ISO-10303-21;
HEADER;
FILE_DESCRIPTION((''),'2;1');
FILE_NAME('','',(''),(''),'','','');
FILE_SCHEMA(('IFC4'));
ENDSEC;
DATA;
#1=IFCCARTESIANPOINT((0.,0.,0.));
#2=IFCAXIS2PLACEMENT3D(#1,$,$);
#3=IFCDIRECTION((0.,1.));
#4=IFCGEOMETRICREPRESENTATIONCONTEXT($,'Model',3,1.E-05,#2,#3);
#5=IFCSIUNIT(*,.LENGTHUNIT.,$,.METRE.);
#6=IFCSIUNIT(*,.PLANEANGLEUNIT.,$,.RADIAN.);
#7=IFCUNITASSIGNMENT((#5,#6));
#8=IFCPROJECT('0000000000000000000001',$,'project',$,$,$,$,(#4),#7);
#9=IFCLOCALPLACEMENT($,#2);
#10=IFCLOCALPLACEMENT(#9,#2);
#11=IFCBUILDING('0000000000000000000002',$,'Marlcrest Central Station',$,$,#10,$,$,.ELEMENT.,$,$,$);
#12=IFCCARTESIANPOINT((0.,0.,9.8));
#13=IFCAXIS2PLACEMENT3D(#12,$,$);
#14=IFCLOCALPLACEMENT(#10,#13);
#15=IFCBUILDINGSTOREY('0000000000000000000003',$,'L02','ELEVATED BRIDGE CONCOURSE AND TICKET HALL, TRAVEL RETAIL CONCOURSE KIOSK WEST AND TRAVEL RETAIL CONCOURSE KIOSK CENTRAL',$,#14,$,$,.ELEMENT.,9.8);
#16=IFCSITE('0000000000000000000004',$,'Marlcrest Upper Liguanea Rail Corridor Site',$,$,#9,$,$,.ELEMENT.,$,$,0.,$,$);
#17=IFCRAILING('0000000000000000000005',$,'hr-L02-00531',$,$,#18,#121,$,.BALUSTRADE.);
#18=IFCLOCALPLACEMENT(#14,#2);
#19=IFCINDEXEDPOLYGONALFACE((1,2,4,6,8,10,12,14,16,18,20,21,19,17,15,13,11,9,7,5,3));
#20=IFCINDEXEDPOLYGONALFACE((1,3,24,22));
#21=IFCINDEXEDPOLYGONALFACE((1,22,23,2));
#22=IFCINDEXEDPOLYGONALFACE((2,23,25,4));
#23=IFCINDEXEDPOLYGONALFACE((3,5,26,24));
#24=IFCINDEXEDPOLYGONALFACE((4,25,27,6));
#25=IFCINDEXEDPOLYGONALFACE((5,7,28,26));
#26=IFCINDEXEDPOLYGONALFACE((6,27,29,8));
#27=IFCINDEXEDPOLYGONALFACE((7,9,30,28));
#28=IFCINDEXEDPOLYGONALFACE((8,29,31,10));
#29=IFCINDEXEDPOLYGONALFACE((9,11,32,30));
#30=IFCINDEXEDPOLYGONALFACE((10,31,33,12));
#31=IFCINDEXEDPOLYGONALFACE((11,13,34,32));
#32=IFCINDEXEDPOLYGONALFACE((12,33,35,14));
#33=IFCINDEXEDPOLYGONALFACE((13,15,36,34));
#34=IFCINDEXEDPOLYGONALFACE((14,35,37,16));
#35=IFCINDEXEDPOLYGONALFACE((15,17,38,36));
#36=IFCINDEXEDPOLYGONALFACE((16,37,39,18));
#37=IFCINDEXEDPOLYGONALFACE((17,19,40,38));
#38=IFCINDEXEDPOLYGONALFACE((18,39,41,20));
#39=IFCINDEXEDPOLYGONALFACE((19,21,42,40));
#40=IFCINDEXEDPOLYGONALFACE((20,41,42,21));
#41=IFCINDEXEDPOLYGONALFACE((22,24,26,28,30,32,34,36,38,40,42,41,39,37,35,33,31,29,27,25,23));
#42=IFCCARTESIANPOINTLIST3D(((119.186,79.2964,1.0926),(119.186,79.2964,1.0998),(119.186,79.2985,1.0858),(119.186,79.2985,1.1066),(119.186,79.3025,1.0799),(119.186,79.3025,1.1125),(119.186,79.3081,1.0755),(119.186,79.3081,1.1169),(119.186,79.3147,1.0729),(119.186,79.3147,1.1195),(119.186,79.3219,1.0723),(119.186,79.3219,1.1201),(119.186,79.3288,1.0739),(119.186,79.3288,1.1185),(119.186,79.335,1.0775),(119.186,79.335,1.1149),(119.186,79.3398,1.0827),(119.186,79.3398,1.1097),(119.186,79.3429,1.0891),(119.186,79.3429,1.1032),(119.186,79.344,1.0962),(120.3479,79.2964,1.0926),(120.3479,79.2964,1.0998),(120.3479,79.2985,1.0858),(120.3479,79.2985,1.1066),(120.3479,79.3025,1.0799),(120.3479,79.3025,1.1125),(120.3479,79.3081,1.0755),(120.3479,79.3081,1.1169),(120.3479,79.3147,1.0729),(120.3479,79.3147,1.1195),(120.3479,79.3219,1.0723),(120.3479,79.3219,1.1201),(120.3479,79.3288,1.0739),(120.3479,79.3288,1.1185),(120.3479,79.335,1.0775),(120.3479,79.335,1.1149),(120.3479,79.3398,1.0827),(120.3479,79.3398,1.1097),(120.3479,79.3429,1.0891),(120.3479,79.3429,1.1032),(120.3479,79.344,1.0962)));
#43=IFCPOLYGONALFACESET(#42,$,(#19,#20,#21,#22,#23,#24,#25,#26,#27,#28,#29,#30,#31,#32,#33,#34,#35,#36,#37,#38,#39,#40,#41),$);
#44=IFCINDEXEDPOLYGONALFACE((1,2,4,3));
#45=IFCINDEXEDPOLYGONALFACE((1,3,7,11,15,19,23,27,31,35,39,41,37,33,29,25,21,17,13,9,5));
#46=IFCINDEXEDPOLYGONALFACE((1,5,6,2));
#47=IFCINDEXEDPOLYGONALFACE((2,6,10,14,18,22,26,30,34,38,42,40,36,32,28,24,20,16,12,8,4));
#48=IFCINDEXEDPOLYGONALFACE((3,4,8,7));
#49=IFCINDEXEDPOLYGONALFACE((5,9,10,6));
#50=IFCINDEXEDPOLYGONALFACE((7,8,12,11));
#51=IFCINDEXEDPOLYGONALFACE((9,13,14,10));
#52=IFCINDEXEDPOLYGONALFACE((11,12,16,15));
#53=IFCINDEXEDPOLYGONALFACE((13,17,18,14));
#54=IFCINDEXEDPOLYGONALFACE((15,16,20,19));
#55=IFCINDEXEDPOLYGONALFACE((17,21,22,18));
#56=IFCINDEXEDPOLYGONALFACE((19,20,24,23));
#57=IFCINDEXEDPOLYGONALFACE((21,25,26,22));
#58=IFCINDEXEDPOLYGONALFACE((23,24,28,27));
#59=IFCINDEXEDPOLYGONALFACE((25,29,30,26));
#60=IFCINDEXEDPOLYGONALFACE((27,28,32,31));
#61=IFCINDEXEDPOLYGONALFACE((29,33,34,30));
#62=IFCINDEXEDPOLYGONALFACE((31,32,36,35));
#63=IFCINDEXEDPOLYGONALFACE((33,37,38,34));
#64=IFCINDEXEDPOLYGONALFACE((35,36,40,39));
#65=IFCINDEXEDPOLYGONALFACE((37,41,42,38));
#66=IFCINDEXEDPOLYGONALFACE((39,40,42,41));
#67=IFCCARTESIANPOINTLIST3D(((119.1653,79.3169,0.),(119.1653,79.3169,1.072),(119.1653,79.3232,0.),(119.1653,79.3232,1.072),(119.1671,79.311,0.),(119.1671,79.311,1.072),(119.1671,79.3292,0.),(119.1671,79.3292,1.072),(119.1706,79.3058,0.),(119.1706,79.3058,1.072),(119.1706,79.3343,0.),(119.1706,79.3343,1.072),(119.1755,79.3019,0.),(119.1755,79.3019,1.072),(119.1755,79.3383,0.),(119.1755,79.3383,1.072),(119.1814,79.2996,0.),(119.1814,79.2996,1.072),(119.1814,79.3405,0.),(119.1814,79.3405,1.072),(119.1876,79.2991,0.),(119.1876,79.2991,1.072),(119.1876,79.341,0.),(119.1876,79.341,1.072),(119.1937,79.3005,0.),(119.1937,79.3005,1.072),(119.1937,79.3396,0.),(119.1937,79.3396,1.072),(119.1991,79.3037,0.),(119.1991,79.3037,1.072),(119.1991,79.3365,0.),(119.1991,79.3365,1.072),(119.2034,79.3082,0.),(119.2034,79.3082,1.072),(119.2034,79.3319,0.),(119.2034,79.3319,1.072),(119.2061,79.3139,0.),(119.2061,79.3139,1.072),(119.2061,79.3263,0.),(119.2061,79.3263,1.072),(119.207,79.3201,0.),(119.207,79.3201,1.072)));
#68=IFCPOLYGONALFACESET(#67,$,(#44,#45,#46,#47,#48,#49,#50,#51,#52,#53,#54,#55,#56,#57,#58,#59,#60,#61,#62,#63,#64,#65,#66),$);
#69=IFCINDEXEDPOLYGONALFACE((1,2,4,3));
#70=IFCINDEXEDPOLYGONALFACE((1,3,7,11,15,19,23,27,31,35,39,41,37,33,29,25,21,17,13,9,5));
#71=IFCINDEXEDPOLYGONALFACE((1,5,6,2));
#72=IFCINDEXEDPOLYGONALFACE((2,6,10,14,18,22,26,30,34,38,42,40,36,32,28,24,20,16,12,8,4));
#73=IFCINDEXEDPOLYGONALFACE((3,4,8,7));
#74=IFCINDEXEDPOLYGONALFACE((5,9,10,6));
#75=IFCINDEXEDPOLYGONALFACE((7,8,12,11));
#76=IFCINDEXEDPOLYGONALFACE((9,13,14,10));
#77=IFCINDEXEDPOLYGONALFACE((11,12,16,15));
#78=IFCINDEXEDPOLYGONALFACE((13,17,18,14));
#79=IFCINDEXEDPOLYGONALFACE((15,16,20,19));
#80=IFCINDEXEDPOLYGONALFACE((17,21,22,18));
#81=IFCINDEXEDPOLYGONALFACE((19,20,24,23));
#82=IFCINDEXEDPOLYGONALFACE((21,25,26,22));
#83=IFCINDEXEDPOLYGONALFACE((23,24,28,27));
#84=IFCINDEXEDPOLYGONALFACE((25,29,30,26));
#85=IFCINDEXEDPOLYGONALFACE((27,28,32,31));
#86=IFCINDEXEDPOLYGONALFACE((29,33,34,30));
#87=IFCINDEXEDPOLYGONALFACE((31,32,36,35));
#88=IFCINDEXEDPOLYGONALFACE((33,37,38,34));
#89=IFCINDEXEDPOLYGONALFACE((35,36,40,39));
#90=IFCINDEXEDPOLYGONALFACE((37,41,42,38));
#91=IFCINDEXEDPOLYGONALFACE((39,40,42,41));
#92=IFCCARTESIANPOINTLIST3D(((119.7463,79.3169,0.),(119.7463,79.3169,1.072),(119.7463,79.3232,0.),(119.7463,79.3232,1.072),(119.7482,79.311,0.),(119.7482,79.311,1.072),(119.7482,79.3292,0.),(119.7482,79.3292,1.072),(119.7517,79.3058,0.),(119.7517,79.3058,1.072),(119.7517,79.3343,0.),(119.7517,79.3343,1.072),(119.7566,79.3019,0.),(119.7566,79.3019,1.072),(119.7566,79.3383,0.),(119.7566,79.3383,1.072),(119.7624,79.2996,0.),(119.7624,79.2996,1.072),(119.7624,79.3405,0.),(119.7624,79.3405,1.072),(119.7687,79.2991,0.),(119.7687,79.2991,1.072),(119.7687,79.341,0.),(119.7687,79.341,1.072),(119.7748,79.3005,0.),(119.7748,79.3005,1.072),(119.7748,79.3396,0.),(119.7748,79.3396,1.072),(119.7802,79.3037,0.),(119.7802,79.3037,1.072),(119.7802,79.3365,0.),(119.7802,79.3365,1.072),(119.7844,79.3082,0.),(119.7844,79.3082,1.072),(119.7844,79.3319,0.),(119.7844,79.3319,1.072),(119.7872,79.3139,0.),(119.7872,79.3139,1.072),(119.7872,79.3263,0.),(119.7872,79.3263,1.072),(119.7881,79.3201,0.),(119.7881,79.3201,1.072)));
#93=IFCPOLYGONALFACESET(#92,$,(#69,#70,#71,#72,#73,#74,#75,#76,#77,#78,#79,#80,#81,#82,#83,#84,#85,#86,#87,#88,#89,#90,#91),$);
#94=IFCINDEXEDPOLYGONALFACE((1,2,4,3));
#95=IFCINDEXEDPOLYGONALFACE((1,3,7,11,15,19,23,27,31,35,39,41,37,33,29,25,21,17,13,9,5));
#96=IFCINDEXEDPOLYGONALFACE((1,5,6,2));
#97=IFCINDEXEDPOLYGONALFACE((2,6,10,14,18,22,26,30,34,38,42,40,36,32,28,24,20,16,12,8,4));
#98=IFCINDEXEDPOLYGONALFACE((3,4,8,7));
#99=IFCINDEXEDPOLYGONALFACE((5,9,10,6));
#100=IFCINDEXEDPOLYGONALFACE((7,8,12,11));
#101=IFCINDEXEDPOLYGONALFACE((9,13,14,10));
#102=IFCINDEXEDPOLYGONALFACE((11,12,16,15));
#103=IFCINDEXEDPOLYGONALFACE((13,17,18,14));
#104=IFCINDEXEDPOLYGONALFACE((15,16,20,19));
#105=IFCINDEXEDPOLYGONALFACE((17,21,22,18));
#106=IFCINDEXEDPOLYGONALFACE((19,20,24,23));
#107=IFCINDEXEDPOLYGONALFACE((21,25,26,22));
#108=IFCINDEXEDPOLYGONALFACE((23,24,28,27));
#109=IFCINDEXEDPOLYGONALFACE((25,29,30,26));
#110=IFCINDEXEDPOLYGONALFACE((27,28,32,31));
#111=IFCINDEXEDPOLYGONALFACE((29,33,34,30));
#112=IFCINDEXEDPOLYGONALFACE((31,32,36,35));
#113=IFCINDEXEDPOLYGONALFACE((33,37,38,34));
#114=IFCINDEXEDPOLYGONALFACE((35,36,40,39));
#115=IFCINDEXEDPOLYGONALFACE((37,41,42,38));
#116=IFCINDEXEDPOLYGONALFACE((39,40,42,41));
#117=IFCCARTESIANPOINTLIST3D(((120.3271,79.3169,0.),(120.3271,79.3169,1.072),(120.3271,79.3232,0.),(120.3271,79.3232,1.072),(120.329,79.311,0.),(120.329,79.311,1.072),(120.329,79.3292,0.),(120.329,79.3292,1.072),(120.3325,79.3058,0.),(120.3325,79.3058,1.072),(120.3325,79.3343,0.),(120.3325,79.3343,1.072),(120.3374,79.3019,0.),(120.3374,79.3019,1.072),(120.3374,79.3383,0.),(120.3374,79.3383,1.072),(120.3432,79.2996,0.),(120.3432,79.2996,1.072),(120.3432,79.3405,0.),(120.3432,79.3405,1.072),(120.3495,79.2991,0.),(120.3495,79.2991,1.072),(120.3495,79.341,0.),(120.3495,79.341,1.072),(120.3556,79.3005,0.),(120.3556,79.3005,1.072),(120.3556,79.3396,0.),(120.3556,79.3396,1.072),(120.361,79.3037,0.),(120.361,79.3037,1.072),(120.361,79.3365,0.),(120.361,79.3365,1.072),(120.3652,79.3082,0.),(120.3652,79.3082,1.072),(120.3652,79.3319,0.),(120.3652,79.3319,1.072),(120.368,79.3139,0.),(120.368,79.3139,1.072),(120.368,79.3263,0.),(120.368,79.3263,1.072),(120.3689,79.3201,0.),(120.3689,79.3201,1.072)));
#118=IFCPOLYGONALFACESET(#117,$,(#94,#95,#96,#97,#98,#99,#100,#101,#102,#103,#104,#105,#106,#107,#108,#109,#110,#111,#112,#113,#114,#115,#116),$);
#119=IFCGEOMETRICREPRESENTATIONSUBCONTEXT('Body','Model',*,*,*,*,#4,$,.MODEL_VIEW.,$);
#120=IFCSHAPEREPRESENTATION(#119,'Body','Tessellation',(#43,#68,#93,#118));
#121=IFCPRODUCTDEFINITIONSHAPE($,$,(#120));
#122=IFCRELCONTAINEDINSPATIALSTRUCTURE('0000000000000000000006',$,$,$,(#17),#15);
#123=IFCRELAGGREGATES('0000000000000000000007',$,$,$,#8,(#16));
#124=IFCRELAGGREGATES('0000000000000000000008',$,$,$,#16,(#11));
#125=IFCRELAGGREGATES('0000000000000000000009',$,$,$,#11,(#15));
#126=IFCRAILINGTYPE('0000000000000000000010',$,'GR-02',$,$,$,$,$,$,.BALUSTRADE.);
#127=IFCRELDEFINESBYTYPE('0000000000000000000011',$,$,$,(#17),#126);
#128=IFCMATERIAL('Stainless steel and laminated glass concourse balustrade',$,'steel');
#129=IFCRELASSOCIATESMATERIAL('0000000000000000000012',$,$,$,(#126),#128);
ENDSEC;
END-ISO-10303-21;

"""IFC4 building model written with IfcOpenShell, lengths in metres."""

from ifc_helpers import new_model, si_unit, direction, frame, origin, origin_2d, place, context, subcontext, project, spatial, circle, extrude, material, type_object, element, save


model = new_model("IFC4")

# Units and contexts
model_context = context("Model", 3, precision=1e-05, world=origin(), true_north=direction((0.0, 1.0)))
body_context = subcontext(model_context, "Body", "Model", "MODEL_VIEW")
ifc_project = project(units=[si_unit("LENGTHUNIT", "METRE"), si_unit("PLANEANGLEUNIT", "RADIAN")], contexts=[model_context])

# Site, building, storey
site_placement = place(None, origin())
site = spatial("IfcSite", under=ifc_project, at=site_placement, Name="Marlcrest Upper Liguanea Rail Corridor Site", CompositionType="ELEMENT", RefElevation=0.0)
building_placement = place(site_placement, origin())
building = spatial("IfcBuilding", under=site, at=building_placement, Name="Marlcrest Central Station", CompositionType="ELEMENT")
storey_placement = place(building_placement, frame((0.0, 0.0, 9.8)))
storey = spatial("IfcBuildingStorey", under=building, at=storey_placement, Name="L02", Description="ELEVATED BRIDGE CONCOURSE AND TICKET HALL, TRAVEL RETAIL CONCOURSE KIOSK WEST AND TRAVEL RETAIL CONCOURSE KIOSK CENTRAL", CompositionType="ELEMENT", Elevation=9.8)

# Railing
ifc_material_1 = material(Name="Stainless steel and laminated glass concourse balustrade", Category="steel")
railing_type = type_object("IfcRailingType", Name="GR-02", PredefinedType="BALUSTRADE", material=ifc_material_1)
railing_1_placement = place(storey_placement, frame((119.186, 79.3201, 0.0)))
element("IfcRailing", 1, at=railing_1_placement, inside=storey, type_object=railing_type, Name="hr-L02-00531", PredefinedType="BALUSTRADE", context=body_context, shape_type="SweptSolid", body=[
    extrude(circle(Radius=0.0239, at=origin_2d()), frame((0.0, 0.0, 1.0962), z_axis=(1.0, 0.0, 0.0), x_axis=(0.0, 1.0, 0.0)), (0.0, 0.0, 1.0), 1.1619),
    extrude(circle(Radius=0.021, at=origin_2d()), origin(), (0.0, 0.0, 1.0), 1.072),
    extrude(circle(Radius=0.021, at=origin_2d()), frame((0.5811, 0.0, 0.0)), (0.0, 0.0, 1.0), 1.072),
    extrude(circle(Radius=0.021, at=origin_2d()), frame((1.1619, 0.0, 0.0)), (0.0, 0.0, 1.0), 1.072),
])

save(model, "model.ifc")
